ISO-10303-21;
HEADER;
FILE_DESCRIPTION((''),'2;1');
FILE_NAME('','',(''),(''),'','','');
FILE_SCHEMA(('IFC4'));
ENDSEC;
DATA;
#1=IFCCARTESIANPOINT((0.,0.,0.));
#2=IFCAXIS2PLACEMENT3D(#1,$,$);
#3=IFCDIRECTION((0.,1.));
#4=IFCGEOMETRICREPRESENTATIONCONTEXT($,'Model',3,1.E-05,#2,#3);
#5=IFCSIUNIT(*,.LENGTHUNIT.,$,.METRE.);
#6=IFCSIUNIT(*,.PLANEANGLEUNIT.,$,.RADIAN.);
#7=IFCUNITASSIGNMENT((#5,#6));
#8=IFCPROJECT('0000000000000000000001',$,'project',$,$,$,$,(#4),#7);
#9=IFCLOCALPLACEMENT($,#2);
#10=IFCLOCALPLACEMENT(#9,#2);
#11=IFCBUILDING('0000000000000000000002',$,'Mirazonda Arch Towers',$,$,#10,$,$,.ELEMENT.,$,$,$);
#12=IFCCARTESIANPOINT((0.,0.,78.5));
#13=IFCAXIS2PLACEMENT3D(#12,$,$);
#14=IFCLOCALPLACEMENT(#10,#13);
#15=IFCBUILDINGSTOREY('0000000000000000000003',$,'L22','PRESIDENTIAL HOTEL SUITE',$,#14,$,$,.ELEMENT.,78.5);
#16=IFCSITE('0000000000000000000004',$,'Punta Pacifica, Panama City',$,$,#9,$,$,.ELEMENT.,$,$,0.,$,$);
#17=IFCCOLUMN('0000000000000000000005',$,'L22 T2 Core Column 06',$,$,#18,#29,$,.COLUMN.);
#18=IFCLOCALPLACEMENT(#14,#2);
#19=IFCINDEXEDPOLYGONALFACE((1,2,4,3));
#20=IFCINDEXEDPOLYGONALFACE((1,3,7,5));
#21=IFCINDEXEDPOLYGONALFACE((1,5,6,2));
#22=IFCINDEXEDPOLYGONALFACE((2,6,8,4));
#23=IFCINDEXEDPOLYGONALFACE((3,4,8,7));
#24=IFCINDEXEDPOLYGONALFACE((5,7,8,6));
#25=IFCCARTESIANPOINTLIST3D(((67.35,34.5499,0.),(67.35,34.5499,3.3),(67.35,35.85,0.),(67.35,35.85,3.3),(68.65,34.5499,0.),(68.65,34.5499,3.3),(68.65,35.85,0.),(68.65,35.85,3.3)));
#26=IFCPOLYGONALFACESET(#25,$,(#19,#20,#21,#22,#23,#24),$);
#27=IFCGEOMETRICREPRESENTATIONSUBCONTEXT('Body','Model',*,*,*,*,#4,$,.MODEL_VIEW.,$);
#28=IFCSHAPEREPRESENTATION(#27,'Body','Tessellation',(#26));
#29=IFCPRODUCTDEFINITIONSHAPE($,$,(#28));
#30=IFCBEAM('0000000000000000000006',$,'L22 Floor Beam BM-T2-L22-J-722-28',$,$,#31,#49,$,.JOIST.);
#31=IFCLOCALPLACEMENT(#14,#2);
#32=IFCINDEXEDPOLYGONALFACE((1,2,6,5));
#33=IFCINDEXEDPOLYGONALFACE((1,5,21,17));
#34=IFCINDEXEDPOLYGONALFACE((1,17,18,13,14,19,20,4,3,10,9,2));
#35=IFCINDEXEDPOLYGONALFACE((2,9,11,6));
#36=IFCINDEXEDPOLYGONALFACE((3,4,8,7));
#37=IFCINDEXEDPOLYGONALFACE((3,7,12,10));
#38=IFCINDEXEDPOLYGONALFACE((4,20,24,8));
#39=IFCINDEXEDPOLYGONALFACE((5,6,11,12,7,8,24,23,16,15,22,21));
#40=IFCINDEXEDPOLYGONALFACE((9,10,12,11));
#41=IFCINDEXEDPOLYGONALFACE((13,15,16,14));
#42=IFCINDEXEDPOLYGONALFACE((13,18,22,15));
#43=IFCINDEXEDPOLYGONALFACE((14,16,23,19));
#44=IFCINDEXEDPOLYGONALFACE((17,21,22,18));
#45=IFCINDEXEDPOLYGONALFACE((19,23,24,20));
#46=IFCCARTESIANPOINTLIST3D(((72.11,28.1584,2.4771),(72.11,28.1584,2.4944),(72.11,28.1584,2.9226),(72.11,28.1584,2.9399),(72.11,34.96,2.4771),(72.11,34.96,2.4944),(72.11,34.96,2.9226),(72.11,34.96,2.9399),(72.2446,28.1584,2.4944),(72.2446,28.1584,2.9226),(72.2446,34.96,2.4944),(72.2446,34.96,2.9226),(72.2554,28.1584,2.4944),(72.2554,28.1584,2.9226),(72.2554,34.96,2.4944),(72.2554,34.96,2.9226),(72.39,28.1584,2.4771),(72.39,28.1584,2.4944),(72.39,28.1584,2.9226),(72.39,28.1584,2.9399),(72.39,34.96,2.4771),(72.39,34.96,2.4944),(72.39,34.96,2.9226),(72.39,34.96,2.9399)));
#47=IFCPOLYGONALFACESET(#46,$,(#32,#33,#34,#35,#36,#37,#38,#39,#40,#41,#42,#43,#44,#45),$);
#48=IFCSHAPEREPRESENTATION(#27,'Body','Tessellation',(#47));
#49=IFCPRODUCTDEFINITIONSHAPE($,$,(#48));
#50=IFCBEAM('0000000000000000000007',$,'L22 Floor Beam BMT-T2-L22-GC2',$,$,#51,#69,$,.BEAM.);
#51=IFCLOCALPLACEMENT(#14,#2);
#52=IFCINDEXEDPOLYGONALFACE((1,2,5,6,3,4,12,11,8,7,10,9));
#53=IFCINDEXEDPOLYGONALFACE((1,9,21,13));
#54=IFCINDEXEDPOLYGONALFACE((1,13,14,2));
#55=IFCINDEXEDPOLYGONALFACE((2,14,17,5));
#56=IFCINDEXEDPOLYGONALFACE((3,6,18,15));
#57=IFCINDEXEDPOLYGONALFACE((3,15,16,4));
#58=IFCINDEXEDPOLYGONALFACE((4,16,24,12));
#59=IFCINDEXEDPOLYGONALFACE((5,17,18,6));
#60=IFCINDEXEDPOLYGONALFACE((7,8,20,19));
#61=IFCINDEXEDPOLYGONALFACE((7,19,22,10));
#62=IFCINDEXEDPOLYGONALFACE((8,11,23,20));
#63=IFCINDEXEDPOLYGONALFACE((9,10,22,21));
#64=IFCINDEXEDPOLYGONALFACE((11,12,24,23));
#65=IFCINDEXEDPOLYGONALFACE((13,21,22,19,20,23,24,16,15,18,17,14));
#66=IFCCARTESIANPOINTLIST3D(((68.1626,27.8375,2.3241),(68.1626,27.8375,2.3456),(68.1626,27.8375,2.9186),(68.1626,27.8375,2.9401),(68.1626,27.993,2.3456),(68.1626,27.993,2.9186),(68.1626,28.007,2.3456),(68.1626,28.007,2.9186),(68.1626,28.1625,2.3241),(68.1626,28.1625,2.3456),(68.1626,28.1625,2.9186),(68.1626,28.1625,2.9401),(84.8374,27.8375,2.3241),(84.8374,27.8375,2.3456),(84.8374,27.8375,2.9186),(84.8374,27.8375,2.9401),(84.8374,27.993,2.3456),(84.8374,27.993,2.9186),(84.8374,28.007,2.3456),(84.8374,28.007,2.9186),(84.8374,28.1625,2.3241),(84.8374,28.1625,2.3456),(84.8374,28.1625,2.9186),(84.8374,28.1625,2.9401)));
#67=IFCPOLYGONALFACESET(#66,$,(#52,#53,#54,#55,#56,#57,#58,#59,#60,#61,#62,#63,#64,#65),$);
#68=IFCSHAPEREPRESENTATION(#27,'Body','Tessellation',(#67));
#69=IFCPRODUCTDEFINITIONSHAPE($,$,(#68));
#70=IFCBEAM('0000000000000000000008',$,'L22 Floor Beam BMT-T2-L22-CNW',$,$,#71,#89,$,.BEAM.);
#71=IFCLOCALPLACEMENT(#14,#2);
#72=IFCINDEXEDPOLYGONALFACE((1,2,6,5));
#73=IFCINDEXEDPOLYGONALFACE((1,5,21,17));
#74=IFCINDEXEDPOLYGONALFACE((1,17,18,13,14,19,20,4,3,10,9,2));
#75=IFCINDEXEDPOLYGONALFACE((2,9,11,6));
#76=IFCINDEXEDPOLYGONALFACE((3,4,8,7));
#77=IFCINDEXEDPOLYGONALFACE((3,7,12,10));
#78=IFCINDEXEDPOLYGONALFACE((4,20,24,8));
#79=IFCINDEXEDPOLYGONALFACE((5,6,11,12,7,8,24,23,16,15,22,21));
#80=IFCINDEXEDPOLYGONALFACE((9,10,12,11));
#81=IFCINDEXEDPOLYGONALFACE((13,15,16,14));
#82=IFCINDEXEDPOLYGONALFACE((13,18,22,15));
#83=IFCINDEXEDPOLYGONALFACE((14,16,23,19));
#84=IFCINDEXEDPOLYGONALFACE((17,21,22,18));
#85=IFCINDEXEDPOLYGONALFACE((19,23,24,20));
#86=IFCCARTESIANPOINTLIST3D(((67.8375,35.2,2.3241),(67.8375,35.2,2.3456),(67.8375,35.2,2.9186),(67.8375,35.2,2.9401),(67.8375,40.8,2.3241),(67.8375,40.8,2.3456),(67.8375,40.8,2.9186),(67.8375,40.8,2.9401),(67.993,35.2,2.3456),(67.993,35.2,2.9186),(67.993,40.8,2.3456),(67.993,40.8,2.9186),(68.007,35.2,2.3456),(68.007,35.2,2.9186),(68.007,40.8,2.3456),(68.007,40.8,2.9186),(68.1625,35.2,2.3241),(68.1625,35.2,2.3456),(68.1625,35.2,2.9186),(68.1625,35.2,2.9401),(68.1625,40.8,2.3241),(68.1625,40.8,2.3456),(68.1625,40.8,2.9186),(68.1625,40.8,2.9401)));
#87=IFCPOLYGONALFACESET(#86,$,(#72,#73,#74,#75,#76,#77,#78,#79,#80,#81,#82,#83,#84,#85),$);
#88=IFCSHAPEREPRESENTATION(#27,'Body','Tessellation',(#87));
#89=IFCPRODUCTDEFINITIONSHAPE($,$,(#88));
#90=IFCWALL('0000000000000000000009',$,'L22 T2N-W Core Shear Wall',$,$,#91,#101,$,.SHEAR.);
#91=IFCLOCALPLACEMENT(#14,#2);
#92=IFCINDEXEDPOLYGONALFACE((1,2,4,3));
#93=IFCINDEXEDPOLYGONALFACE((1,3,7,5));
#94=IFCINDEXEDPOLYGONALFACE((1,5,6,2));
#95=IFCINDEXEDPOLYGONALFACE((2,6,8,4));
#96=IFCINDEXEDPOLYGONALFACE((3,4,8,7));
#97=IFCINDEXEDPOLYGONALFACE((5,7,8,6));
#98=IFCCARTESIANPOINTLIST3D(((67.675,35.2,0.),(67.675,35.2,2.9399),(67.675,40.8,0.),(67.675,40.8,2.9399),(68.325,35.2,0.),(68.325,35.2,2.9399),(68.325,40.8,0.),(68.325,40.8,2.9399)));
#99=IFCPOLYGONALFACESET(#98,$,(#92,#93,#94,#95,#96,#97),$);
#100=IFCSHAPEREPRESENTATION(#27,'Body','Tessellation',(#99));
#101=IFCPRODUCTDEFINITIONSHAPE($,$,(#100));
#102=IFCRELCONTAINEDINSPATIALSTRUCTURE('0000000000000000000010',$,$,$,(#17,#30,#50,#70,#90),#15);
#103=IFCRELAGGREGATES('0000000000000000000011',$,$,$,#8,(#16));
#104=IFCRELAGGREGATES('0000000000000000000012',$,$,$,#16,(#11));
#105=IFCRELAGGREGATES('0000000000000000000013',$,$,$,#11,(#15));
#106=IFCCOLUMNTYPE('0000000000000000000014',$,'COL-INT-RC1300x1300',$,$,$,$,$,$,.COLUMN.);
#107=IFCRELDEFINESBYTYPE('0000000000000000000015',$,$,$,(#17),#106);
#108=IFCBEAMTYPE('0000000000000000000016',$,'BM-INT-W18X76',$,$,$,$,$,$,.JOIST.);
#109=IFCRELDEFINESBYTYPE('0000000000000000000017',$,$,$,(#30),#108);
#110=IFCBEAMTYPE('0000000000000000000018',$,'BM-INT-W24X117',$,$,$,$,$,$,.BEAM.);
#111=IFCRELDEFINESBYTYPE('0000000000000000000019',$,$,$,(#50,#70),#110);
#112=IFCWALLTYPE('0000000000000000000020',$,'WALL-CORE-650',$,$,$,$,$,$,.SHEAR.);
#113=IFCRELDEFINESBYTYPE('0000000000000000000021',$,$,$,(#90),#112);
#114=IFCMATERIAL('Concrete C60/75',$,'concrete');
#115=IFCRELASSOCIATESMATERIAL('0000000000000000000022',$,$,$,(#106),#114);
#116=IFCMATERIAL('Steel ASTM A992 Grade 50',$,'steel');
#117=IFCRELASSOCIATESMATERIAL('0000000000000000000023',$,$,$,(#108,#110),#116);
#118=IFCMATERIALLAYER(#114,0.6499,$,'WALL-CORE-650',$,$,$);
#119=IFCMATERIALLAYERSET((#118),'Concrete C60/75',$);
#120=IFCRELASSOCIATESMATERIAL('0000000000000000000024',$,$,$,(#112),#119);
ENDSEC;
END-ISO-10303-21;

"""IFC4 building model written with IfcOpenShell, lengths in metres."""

from ifc_helpers import new_model, si_unit, direction, frame, frame_2d, origin, origin_2d, place, context, subcontext, project, spatial, rectangle, i_section, extrude, material, layer, layer_set, material_profile, profile_set, type_object, element, save


model = new_model("IFC4")

# Units and contexts
model_context = context("Model", 3, precision=1e-05, world=origin(), true_north=direction((0.0, 1.0)))
body_context = subcontext(model_context, "Body", "Model", "MODEL_VIEW")
ifc_project = project(units=[si_unit("LENGTHUNIT", "METRE"), si_unit("PLANEANGLEUNIT", "RADIAN")], contexts=[model_context])

# Site, building, storey
site_placement = place(None, origin())
site = spatial("IfcSite", under=ifc_project, at=site_placement, Name="Punta Pacifica, Panama City", CompositionType="ELEMENT", RefElevation=0.0)
building_placement = place(site_placement, origin())
building = spatial("IfcBuilding", under=site, at=building_placement, Name="Mirazonda Arch Towers", CompositionType="ELEMENT")
storey_placement = place(building_placement, frame((0.0, 0.0, 78.5)))
storey = spatial("IfcBuildingStorey", under=building, at=storey_placement, Name="L22", Description="PRESIDENTIAL HOTEL SUITE", CompositionType="ELEMENT", Elevation=78.5)

# Column
ifc_material_1 = material(Name="Concrete C60/75", Category="concrete")
ifc_material_profile_1 = material_profile(ifc_material_1, rectangle(XDim=1.3, YDim=1.3, at=origin_2d()), Name="RC1300x1300")
ifc_profile_set_1 = profile_set([ifc_material_profile_1], Name="Concrete C60/75")
column_type = type_object("IfcColumnType", Name="COL-INT-RC1300x1300", PredefinedType="COLUMN", material=ifc_profile_set_1)
column_placement = place(storey_placement, frame((68.0, 35.2, 0.0), z_axis=(0.0, 0.0, 1.0), x_axis=(1.0, 0.0, 0.0)))
element("IfcColumn", 1, at=column_placement, inside=storey, type_object=column_type, Name="L22 T2 Core Column 06", PredefinedType="COLUMN", context=body_context, shape_type="SweptSolid", body=[
    extrude(rectangle(XDim=1.3, YDim=1.3, at=origin_2d()), origin(), (0.0, 0.0, 1.0), 3.3),
])

# Beams
ifc_material_2 = material(Name="Steel ASTM A992 Grade 50", Category="steel")
ifc_material_profile_2 = material_profile(ifc_material_2, i_section(OverallWidth=0.28, OverallDepth=0.4629, WebThickness=0.0107, FlangeThickness=0.0173, at=origin_2d()), Name="W18X76")
ifc_profile_set_2 = profile_set([ifc_material_profile_2], Name="Steel ASTM A992 Grade 50")
beam_type_1 = type_object("IfcBeamType", Name="BM-INT-W18X76", PredefinedType="JOIST", material=ifc_profile_set_2)
beam_1_placement = place(storey_placement, frame((72.25, 28.1584, 2.7085), z_axis=(0.0, 1.0, 0.0), x_axis=(-1.0, 0.0, 0.0)))
element("IfcBeam", 2, at=beam_1_placement, inside=storey, type_object=beam_type_1, Name="L22 Floor Beam BM-T2-L22-J-722-28", PredefinedType="JOIST", context=body_context, shape_type="SweptSolid", body=[
    extrude(i_section(OverallWidth=0.28, OverallDepth=0.4629, WebThickness=0.0107, FlangeThickness=0.0173, at=origin_2d()), origin(), (0.0, 0.0, 1.0), 6.8015),
])
ifc_material_profile_3 = material_profile(ifc_material_2, i_section(OverallWidth=0.325, OverallDepth=0.616, WebThickness=0.0139, FlangeThickness=0.0215, at=origin_2d()), Name="W24X117")
ifc_profile_set_3 = profile_set([ifc_material_profile_3], Name="Steel ASTM A992 Grade 50")
beam_type_2 = type_object("IfcBeamType", Name="BM-INT-W24X117", PredefinedType="BEAM", material=ifc_profile_set_3)
beam_2_placement = place(storey_placement, frame((68.1626, 28.0, 2.6321), z_axis=(1.0, 0.0, 0.0), x_axis=(0.0, 1.0, 0.0)))
element("IfcBeam", 3, at=beam_2_placement, inside=storey, type_object=beam_type_2, Name="L22 Floor Beam BMT-T2-L22-GC2", PredefinedType="BEAM", context=body_context, shape_type="SweptSolid", body=[
    extrude(i_section(OverallWidth=0.325, OverallDepth=0.616, WebThickness=0.0139, FlangeThickness=0.0215, at=origin_2d()), origin(), (0.0, 0.0, 1.0), 16.6748),
])
beam_3_placement = place(storey_placement, frame((68.0, 35.2, 2.6321), z_axis=(0.0, 1.0, 0.0), x_axis=(-1.0, 0.0, 0.0)))
element("IfcBeam", 4, at=beam_3_placement, inside=storey, type_object=beam_type_2, Name="L22 Floor Beam BMT-T2-L22-CNW", PredefinedType="BEAM", context=body_context, shape_type="SweptSolid", body=[
    extrude(i_section(OverallWidth=0.325, OverallDepth=0.616, WebThickness=0.0139, FlangeThickness=0.0215, at=origin_2d()), origin(), (0.0, 0.0, 1.0), 5.6001),
])

# Wall
ifc_layer_1 = layer(ifc_material_1, 0.6499, Name="WALL-CORE-650")
ifc_layer_set_1 = layer_set([ifc_layer_1], Name="Concrete C60/75")
wall_type_1 = type_object("IfcWallType", Name="WALL-CORE-650", PredefinedType="SHEAR", material=ifc_layer_set_1)
wall_1_placement = place(storey_placement, frame((68.0, 35.2, 0.0), z_axis=(0.0, 0.0, 1.0), x_axis=(0.0, 1.0, 0.0)))
element("IfcWall", 5, at=wall_1_placement, inside=storey, type_object=wall_type_1, Name="L22 T2N-W Core Shear Wall", PredefinedType="SHEAR", context=body_context, shape_type="SweptSolid", body=[
    extrude(rectangle(XDim=5.6001, YDim=0.6499, at=frame_2d((2.8, 0.0))), origin(), (0.0, 0.0, 1.0), 2.9399),
])

save(model, "model.ifc")
